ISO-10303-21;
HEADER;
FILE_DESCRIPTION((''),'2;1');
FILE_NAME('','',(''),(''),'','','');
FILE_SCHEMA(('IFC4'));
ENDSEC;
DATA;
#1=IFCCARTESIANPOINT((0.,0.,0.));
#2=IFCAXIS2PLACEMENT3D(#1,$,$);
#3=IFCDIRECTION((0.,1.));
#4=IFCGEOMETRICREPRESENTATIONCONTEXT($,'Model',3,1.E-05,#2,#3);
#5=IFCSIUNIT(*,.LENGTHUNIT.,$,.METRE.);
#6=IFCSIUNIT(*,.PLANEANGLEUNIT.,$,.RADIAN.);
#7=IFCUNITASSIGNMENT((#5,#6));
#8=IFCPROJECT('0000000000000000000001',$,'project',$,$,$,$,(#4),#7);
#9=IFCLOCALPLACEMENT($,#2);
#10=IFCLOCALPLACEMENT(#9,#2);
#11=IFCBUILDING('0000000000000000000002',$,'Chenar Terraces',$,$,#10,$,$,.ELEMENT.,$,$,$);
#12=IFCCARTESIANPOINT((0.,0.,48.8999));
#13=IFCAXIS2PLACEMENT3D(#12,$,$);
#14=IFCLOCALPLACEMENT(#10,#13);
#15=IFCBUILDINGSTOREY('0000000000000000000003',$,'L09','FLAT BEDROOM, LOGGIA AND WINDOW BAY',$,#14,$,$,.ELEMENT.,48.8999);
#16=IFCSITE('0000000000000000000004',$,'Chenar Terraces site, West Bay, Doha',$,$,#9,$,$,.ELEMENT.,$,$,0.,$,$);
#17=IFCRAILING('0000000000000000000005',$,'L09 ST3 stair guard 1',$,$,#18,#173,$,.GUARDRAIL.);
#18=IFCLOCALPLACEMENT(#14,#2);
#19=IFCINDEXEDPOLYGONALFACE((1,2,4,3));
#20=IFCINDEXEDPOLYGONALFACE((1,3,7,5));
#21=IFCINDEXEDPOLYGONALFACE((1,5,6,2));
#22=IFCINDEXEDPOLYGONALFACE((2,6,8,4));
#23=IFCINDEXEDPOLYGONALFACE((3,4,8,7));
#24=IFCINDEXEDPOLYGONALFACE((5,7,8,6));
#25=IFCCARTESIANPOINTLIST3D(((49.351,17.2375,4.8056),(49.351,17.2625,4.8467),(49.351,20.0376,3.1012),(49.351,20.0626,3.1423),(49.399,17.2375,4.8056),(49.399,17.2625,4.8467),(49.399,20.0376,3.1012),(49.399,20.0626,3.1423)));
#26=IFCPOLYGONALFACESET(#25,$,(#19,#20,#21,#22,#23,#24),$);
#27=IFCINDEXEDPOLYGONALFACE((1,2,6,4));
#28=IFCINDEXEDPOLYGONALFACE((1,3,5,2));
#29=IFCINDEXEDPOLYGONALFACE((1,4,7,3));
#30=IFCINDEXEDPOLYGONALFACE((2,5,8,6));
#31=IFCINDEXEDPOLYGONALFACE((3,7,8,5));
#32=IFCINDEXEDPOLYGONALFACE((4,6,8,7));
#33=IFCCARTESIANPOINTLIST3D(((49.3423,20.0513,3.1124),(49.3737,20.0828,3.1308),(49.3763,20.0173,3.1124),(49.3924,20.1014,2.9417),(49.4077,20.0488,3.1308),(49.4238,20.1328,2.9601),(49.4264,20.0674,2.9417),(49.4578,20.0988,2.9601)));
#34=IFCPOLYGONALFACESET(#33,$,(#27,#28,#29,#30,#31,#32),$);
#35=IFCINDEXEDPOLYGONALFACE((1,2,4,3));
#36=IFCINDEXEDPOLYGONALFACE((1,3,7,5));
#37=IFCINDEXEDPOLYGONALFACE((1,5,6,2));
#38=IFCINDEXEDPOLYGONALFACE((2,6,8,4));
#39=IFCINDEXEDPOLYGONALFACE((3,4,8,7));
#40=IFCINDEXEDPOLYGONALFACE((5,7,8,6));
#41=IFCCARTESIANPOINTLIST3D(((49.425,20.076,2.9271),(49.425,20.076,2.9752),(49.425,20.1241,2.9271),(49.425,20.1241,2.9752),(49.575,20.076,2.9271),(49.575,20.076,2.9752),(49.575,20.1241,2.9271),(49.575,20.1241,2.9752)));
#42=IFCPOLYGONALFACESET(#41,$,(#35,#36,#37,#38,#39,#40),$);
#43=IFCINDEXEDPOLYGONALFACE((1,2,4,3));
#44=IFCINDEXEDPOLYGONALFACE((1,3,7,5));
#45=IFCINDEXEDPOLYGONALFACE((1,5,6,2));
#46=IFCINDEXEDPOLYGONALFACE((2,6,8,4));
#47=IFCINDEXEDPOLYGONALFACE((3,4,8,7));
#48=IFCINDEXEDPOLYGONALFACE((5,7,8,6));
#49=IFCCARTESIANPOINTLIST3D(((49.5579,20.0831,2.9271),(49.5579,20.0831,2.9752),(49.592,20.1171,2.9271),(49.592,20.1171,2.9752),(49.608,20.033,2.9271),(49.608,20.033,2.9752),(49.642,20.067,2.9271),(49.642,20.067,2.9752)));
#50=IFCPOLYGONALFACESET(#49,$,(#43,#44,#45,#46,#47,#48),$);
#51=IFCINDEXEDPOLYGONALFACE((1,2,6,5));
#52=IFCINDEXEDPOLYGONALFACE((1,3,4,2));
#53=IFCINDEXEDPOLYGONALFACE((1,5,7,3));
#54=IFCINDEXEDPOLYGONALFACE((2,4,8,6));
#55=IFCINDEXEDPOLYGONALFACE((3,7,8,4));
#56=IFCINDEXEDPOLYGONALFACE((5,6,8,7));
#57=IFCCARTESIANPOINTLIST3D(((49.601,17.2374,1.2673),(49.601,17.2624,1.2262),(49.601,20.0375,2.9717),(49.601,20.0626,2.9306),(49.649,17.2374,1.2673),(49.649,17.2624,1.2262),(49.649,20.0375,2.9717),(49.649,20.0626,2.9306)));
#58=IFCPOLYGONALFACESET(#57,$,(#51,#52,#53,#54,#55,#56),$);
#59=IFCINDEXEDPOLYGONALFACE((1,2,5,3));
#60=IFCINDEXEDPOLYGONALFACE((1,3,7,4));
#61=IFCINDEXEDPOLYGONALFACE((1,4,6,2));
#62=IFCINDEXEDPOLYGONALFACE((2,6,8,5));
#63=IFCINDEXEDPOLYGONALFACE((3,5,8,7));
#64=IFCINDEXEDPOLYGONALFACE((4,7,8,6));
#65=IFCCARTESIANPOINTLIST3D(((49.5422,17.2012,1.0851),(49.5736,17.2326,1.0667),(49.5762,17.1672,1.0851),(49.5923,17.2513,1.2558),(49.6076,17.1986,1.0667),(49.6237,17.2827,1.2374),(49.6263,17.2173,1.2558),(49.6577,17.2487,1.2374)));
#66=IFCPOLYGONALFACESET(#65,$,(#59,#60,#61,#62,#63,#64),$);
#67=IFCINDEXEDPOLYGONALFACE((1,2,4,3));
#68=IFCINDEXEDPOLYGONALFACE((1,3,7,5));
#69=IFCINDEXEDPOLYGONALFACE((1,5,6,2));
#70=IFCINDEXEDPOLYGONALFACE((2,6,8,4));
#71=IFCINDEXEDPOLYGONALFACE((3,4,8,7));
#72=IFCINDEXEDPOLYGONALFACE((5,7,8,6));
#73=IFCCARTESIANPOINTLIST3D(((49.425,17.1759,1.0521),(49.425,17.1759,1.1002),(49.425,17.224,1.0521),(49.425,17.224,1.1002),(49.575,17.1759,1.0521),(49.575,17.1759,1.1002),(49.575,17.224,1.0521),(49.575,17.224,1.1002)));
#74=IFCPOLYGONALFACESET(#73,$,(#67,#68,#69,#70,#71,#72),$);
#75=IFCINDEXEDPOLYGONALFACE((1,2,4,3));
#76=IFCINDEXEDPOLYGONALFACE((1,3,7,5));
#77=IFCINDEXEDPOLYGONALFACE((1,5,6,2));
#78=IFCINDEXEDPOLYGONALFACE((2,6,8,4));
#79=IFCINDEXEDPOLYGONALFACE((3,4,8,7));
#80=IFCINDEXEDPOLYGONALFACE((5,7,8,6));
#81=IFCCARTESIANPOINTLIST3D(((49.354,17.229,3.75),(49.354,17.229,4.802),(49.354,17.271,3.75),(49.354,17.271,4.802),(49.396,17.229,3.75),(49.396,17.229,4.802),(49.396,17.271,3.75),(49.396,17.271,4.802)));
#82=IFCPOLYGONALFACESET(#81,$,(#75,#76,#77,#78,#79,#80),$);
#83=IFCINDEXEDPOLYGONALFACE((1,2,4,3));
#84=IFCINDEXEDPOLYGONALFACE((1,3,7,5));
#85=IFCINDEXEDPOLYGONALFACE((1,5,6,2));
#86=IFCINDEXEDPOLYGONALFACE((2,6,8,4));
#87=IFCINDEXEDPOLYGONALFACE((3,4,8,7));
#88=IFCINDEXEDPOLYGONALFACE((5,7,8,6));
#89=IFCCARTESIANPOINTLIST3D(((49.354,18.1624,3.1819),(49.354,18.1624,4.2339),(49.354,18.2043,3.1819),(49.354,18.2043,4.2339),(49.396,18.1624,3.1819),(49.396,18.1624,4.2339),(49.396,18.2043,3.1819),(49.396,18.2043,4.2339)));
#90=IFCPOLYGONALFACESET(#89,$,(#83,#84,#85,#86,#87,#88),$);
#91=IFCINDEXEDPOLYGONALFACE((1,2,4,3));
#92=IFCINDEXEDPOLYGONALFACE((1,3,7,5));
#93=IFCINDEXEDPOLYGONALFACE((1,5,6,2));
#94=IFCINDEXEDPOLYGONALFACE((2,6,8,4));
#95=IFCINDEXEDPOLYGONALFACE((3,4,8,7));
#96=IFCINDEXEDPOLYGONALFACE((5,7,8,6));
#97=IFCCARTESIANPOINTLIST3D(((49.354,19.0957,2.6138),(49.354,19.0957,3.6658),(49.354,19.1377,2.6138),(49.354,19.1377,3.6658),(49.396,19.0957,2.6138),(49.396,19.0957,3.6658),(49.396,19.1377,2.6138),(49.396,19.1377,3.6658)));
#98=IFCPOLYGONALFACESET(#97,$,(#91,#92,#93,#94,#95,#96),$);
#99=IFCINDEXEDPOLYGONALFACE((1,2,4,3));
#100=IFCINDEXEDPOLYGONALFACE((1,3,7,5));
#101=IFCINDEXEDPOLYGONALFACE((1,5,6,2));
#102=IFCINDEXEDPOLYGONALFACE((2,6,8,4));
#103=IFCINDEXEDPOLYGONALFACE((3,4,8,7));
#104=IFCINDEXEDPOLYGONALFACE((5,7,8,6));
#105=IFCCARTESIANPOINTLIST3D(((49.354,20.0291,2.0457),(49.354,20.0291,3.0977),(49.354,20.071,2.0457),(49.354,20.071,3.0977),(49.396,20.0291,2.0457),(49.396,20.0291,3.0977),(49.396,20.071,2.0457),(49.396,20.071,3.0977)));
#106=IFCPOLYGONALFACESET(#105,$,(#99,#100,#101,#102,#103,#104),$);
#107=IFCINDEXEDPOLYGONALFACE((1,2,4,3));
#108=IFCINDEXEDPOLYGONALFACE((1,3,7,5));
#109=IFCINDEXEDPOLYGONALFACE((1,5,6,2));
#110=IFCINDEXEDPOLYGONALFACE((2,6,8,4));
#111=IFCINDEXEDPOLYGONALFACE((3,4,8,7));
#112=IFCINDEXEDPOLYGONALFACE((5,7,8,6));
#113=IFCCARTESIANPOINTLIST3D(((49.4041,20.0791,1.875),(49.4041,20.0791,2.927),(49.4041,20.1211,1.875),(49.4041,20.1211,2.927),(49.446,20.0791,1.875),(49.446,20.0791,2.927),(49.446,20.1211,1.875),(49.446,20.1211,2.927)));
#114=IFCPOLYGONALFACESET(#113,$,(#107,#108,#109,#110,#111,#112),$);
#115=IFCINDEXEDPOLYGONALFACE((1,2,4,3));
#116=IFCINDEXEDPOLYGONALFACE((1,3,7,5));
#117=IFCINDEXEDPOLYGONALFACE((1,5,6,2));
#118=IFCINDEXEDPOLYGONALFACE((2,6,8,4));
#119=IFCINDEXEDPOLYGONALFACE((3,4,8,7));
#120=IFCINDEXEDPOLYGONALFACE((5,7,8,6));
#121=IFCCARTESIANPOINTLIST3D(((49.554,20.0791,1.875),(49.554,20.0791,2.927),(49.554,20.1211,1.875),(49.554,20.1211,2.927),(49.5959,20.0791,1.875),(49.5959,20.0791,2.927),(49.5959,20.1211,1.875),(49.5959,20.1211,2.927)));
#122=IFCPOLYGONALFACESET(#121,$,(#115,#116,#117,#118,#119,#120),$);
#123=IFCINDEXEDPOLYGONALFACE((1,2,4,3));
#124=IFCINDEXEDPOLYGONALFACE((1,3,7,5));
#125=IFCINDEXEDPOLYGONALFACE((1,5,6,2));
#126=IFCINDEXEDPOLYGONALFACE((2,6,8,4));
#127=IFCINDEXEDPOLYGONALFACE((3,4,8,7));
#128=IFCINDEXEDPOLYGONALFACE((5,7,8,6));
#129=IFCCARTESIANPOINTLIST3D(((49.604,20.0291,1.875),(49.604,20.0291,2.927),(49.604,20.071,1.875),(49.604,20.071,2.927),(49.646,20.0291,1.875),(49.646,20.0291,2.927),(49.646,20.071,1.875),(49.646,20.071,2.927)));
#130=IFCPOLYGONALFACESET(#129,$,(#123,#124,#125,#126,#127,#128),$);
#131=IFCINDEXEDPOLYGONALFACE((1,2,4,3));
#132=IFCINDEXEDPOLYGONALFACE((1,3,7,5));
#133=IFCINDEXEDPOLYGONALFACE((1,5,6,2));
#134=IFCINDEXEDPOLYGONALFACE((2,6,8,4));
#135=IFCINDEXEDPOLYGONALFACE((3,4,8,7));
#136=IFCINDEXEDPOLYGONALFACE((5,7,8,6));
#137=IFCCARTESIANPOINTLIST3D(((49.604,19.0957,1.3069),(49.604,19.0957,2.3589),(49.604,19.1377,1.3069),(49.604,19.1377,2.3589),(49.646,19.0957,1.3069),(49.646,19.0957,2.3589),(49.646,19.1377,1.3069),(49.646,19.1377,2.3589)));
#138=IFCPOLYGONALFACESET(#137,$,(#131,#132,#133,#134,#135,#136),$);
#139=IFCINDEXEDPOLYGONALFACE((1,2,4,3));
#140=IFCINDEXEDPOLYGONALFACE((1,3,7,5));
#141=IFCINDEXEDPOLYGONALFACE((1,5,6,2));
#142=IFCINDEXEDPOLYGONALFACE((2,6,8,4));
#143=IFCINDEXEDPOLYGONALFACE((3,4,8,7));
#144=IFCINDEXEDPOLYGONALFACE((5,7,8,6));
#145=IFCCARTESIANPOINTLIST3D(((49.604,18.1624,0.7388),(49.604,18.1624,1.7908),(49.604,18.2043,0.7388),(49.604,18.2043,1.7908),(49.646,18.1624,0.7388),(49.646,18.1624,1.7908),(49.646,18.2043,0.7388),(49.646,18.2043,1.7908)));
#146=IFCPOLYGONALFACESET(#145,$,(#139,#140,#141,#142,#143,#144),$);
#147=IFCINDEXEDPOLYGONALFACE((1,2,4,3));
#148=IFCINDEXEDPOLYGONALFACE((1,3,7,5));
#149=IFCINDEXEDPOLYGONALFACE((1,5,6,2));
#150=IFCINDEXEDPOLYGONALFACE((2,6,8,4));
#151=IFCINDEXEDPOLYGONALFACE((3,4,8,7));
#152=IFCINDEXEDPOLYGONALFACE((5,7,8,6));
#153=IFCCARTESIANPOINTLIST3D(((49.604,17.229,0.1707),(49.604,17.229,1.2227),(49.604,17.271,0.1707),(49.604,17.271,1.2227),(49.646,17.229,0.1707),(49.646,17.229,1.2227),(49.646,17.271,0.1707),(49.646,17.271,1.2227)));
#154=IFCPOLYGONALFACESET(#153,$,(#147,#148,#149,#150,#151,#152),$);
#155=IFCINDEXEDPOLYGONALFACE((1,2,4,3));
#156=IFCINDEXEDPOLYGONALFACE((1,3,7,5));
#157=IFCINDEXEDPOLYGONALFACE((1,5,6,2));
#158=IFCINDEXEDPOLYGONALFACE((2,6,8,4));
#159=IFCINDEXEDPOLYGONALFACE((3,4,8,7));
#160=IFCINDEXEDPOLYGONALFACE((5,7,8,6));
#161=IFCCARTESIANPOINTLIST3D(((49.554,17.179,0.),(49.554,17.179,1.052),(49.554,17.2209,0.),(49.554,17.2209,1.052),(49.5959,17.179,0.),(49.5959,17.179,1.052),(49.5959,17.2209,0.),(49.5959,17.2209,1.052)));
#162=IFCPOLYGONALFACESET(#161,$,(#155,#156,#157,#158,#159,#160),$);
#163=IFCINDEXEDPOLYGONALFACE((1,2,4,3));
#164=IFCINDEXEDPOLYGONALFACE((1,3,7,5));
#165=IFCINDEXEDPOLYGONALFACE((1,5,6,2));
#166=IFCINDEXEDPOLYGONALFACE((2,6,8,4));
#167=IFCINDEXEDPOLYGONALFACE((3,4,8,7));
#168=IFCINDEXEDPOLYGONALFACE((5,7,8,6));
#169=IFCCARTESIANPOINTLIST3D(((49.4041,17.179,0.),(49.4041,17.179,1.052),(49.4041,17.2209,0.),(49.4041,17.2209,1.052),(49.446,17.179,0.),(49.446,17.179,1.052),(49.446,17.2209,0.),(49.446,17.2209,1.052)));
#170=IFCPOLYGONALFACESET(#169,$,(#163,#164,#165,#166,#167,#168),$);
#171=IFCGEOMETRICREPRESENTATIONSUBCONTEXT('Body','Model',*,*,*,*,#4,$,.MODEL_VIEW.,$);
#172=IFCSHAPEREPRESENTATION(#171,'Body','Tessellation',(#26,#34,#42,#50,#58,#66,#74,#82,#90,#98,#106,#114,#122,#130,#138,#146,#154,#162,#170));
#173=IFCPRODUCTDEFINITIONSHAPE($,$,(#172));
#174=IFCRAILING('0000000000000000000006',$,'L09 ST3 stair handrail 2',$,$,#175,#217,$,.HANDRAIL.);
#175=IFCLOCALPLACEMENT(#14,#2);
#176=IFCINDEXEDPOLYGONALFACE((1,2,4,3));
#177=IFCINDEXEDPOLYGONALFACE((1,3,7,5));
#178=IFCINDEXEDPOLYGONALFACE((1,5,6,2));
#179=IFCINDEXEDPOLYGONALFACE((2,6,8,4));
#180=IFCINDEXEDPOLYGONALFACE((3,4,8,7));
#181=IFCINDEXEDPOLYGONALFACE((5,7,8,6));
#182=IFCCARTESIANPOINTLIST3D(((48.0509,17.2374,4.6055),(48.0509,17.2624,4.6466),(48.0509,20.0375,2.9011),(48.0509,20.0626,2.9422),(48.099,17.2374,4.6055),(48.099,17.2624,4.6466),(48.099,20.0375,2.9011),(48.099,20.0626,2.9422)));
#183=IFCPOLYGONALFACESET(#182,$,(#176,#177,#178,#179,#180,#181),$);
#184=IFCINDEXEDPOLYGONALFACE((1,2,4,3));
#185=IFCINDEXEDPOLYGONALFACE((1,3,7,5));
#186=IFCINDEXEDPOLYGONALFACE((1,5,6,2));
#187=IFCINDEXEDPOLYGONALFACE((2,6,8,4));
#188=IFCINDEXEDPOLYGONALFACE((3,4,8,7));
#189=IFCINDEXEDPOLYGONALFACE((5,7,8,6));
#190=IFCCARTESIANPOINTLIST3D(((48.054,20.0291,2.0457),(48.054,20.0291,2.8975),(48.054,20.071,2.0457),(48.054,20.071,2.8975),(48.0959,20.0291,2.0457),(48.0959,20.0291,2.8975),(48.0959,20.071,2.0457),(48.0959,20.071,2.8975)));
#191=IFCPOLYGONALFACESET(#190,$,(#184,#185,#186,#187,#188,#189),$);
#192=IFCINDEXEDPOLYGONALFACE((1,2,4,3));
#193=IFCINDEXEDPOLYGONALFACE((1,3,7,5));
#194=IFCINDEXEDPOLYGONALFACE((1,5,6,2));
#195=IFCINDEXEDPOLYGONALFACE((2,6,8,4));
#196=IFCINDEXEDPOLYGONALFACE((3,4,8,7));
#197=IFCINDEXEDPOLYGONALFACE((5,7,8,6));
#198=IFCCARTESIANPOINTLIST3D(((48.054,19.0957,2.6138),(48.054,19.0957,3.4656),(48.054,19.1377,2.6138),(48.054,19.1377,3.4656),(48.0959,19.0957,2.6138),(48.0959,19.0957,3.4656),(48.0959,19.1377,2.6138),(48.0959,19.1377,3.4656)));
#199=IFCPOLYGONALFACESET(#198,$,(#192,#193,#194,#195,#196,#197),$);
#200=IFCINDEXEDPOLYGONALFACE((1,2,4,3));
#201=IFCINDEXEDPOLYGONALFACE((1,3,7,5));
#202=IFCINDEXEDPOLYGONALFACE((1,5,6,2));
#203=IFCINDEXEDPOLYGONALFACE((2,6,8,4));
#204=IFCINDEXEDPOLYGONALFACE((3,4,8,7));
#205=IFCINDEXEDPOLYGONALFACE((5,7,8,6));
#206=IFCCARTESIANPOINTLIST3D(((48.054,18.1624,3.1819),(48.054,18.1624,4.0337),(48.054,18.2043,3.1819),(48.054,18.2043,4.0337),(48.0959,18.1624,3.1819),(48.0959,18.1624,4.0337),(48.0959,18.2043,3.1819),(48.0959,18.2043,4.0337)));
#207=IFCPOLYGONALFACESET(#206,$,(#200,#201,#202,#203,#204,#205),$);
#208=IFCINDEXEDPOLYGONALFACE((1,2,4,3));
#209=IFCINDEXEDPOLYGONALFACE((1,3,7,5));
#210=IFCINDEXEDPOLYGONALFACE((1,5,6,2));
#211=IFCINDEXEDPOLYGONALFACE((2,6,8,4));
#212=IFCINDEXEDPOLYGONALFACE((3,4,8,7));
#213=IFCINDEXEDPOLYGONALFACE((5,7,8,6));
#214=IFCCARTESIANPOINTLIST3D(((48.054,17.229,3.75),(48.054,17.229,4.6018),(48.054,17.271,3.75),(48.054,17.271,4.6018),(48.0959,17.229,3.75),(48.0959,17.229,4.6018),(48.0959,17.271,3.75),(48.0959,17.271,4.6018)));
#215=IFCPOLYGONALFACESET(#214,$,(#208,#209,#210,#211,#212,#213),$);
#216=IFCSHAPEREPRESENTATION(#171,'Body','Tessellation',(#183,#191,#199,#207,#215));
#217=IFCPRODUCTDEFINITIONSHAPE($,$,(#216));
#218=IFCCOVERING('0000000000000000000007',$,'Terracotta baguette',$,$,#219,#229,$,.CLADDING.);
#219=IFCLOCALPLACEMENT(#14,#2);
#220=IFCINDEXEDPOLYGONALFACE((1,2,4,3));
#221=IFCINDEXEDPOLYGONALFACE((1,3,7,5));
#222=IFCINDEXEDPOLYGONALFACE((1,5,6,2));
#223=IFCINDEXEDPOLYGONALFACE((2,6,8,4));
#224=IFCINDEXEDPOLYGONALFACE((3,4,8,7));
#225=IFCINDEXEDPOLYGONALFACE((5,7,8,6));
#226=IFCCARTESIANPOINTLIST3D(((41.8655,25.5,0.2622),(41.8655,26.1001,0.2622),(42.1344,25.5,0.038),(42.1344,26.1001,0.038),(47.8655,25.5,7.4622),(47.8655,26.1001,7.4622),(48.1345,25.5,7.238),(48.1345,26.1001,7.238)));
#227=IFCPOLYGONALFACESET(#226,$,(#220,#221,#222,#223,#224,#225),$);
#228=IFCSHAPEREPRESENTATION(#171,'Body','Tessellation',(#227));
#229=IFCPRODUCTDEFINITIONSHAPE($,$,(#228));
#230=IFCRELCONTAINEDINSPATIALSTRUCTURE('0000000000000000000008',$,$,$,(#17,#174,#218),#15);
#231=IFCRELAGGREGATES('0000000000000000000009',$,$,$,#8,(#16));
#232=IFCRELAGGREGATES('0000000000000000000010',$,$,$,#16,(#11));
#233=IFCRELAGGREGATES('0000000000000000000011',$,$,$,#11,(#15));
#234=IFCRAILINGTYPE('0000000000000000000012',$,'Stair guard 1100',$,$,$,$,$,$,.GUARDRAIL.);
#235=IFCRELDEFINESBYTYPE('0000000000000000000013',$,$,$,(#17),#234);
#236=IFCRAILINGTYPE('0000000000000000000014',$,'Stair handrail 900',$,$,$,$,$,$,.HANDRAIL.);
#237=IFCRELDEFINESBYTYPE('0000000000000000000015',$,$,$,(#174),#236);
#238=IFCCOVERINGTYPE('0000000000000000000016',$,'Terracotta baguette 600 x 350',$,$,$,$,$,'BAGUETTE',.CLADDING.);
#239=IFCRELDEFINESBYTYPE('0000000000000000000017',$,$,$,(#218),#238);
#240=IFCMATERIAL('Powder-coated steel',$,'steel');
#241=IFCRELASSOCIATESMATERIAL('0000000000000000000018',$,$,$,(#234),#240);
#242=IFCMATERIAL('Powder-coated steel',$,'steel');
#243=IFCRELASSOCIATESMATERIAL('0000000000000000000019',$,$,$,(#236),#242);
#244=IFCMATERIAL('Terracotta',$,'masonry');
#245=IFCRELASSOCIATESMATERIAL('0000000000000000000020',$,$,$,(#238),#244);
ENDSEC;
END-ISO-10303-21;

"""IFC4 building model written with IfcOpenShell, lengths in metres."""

from ifc_helpers import new_model, si_unit, direction, frame, origin, origin_2d, place, context, subcontext, project, spatial, rectangle, extrude, material, material_profile, profile_set, type_object, element, save


model = new_model("IFC4")

# Units and contexts
model_context = context("Model", 3, precision=1e-05, world=origin(), true_north=direction((0.0, 1.0)))
body_context = subcontext(model_context, "Body", "Model", "MODEL_VIEW")
ifc_project = project(units=[si_unit("LENGTHUNIT", "METRE"), si_unit("PLANEANGLEUNIT", "RADIAN")], contexts=[model_context])

# Site, building, storey
site_placement = place(None, origin())
site = spatial("IfcSite", under=ifc_project, at=site_placement, Name="Chenar Terraces site, West Bay, Doha", CompositionType="ELEMENT", RefElevation=0.0)
building_placement = place(site_placement, origin())
building = spatial("IfcBuilding", under=site, at=building_placement, Name="Chenar Terraces", CompositionType="ELEMENT")
storey_placement = place(building_placement, frame((0.0, 0.0, 48.8999)))
storey = spatial("IfcBuildingStorey", under=building, at=storey_placement, Name="L09", Description="FLAT BEDROOM, LOGGIA AND WINDOW BAY", CompositionType="ELEMENT", Elevation=48.8999)

# Railings
ifc_material_1 = material(Name="Powder-coated steel", Category="steel")
railing_type_1 = type_object("IfcRailingType", Name="Stair guard 1100", PredefinedType="GUARDRAIL", material=ifc_material_1)
railing_1_placement = place(storey_placement, frame((49.375, 17.25, 3.75)))
element("IfcRailing", 1, at=railing_1_placement, inside=storey, type_object=railing_type_1, Name="L09 ST3 stair guard 1", PredefinedType="GUARDRAIL", context=body_context, shape_type="SweptSolid", body=[
    extrude(rectangle(XDim=0.0481, YDim=0.0481, at=origin_2d()), frame((0.0, 0.0, 1.0762), z_axis=(0.0, 0.854203, -0.51994), x_axis=(-1.0, 0.0, 0.0)), (0.0, 0.0, 1.0), 3.2781),
    extrude(rectangle(XDim=0.0481, YDim=0.0481, at=origin_2d()), frame((0.0, 2.8, -0.6284), z_axis=(0.2709, 0.2709, -0.923703), x_axis=(-0.707107, 0.707107, 0.0)), (0.0, 0.0, 1.0), 0.1848),
    extrude(rectangle(XDim=0.0481, YDim=0.0481, at=origin_2d()), frame((0.05, 2.8501, -0.7988), z_axis=(1.0, 0.0, 0.0), x_axis=(0.0, 1.0, 0.0)), (0.0, 0.0, 1.0), 0.1499),
    extrude(rectangle(XDim=0.0481, YDim=0.0481, at=origin_2d()), frame((0.2, 2.8501, -0.7988), z_axis=(0.707107, -0.707107, 0.0), x_axis=(0.707107, 0.707107, 0.0)), (0.0, 0.0, 1.0), 0.0708),
    extrude(rectangle(XDim=0.0481, YDim=0.0481, at=origin_2d()), frame((0.25, 2.8, -0.7988), z_axis=(0.0, -0.854203, -0.51994), x_axis=(1.0, 0.0, 0.0)), (0.0, 0.0, 1.0), 3.2781),
    extrude(rectangle(XDim=0.0481, YDim=0.0481, at=origin_2d()), frame((0.25, 0.0, -2.5034), z_axis=(-0.2709, -0.2709, -0.923703), x_axis=(0.707107, -0.707107, 0.0)), (0.0, 0.0, 1.0), 0.1848),
    extrude(rectangle(XDim=0.0481, YDim=0.0481, at=origin_2d()), frame((0.2, -0.05, -2.6738), z_axis=(-1.0, 0.0, 0.0), x_axis=(0.0, -1.0, 0.0)), (0.0, 0.0, 1.0), 0.1499),
    extrude(rectangle(XDim=0.042, YDim=0.042, at=origin_2d()), origin(), (0.0, 0.0, 1.0), 1.052),
    extrude(rectangle(XDim=0.042, YDim=0.042, at=origin_2d()), frame((0.0, 0.9333, -0.5681)), (0.0, 0.0, 1.0), 1.052),
    extrude(rectangle(XDim=0.042, YDim=0.042, at=origin_2d()), frame((0.0, 1.8667, -1.1362)), (0.0, 0.0, 1.0), 1.052),
    extrude(rectangle(XDim=0.042, YDim=0.042, at=origin_2d()), frame((0.0, 2.8, -1.7043)), (0.0, 0.0, 1.0), 1.052),
    extrude(rectangle(XDim=0.042, YDim=0.042, at=origin_2d()), frame((0.05, 2.8501, -1.875)), (0.0, 0.0, 1.0), 1.052),
    extrude(rectangle(XDim=0.042, YDim=0.042, at=origin_2d()), frame((0.2, 2.8501, -1.875)), (0.0, 0.0, 1.0), 1.052),
    extrude(rectangle(XDim=0.042, YDim=0.042, at=origin_2d()), frame((0.25, 2.8, -1.875)), (0.0, 0.0, 1.0), 1.052),
    extrude(rectangle(XDim=0.042, YDim=0.042, at=origin_2d()), frame((0.25, 1.8667, -2.4431)), (0.0, 0.0, 1.0), 1.052),
    extrude(rectangle(XDim=0.042, YDim=0.042, at=origin_2d()), frame((0.25, 0.9333, -3.0112)), (0.0, 0.0, 1.0), 1.052),
    extrude(rectangle(XDim=0.042, YDim=0.042, at=origin_2d()), frame((0.25, 0.0, -3.5793)), (0.0, 0.0, 1.0), 1.052),
    extrude(rectangle(XDim=0.042, YDim=0.042, at=origin_2d()), frame((0.2, -0.05, -3.75)), (0.0, 0.0, 1.0), 1.052),
    extrude(rectangle(XDim=0.042, YDim=0.042, at=origin_2d()), frame((0.05, -0.05, -3.75)), (0.0, 0.0, 1.0), 1.052),
])
ifc_material_2 = material(Name="Powder-coated steel", Category="steel")
railing_type_2 = type_object("IfcRailingType", Name="Stair handrail 900", PredefinedType="HANDRAIL", material=ifc_material_2)
railing_2_placement = place(storey_placement, frame((48.075, 20.05, 2.0457)))
element("IfcRailing", 2, at=railing_2_placement, inside=storey, type_object=railing_type_2, Name="L09 ST3 stair handrail 2", PredefinedType="HANDRAIL", context=body_context, shape_type="SweptSolid", body=[
    extrude(rectangle(XDim=0.0481, YDim=0.0481, at=origin_2d()), frame((0.0, 0.0, 0.876), z_axis=(0.0, -0.854203, 0.51994), x_axis=(1.0, 0.0, 0.0)), (0.0, 0.0, 1.0), 3.2781),
    extrude(rectangle(XDim=0.042, YDim=0.042, at=origin_2d()), origin(), (0.0, 0.0, 1.0), 0.8518),
    extrude(rectangle(XDim=0.042, YDim=0.042, at=origin_2d()), frame((0.0, -0.9333, 0.5681)), (0.0, 0.0, 1.0), 0.8518),
    extrude(rectangle(XDim=0.042, YDim=0.042, at=origin_2d()), frame((0.0, -1.8667, 1.1362)), (0.0, 0.0, 1.0), 0.8518),
    extrude(rectangle(XDim=0.042, YDim=0.042, at=origin_2d()), frame((0.0, -2.8, 1.7043)), (0.0, 0.0, 1.0), 0.8518),
])

# Covering
ifc_material_3 = material(Name="Terracotta", Category="masonry")
ifc_material_profile_1 = material_profile(ifc_material_3, rectangle(XDim=0.6001, YDim=0.3501, at=origin_2d()), Name="Terracotta baguette 600 x 350")
ifc_profile_set_1 = profile_set([ifc_material_profile_1], Name="Terracotta")
covering_type = type_object("IfcCoveringType", Name="Terracotta baguette 600 x 350", ElementType="BAGUETTE", PredefinedType="CLADDING", material=ifc_profile_set_1)
covering_placement = place(storey_placement, frame((48.0, 25.8, 7.3501), z_axis=(-0.640187, 0.0, -0.768219), x_axis=(0.0, -1.0, 0.0)))
element("IfcCovering", 3, at=covering_placement, inside=storey, type_object=covering_type, Name="Terracotta baguette", PredefinedType="CLADDING", context=body_context, shape_type="SweptSolid", body=[
    extrude(rectangle(XDim=0.6001, YDim=0.3501, at=origin_2d()), origin(), (0.0, 0.0, 1.0), 9.3723),
])

save(model, "model.ifc")
